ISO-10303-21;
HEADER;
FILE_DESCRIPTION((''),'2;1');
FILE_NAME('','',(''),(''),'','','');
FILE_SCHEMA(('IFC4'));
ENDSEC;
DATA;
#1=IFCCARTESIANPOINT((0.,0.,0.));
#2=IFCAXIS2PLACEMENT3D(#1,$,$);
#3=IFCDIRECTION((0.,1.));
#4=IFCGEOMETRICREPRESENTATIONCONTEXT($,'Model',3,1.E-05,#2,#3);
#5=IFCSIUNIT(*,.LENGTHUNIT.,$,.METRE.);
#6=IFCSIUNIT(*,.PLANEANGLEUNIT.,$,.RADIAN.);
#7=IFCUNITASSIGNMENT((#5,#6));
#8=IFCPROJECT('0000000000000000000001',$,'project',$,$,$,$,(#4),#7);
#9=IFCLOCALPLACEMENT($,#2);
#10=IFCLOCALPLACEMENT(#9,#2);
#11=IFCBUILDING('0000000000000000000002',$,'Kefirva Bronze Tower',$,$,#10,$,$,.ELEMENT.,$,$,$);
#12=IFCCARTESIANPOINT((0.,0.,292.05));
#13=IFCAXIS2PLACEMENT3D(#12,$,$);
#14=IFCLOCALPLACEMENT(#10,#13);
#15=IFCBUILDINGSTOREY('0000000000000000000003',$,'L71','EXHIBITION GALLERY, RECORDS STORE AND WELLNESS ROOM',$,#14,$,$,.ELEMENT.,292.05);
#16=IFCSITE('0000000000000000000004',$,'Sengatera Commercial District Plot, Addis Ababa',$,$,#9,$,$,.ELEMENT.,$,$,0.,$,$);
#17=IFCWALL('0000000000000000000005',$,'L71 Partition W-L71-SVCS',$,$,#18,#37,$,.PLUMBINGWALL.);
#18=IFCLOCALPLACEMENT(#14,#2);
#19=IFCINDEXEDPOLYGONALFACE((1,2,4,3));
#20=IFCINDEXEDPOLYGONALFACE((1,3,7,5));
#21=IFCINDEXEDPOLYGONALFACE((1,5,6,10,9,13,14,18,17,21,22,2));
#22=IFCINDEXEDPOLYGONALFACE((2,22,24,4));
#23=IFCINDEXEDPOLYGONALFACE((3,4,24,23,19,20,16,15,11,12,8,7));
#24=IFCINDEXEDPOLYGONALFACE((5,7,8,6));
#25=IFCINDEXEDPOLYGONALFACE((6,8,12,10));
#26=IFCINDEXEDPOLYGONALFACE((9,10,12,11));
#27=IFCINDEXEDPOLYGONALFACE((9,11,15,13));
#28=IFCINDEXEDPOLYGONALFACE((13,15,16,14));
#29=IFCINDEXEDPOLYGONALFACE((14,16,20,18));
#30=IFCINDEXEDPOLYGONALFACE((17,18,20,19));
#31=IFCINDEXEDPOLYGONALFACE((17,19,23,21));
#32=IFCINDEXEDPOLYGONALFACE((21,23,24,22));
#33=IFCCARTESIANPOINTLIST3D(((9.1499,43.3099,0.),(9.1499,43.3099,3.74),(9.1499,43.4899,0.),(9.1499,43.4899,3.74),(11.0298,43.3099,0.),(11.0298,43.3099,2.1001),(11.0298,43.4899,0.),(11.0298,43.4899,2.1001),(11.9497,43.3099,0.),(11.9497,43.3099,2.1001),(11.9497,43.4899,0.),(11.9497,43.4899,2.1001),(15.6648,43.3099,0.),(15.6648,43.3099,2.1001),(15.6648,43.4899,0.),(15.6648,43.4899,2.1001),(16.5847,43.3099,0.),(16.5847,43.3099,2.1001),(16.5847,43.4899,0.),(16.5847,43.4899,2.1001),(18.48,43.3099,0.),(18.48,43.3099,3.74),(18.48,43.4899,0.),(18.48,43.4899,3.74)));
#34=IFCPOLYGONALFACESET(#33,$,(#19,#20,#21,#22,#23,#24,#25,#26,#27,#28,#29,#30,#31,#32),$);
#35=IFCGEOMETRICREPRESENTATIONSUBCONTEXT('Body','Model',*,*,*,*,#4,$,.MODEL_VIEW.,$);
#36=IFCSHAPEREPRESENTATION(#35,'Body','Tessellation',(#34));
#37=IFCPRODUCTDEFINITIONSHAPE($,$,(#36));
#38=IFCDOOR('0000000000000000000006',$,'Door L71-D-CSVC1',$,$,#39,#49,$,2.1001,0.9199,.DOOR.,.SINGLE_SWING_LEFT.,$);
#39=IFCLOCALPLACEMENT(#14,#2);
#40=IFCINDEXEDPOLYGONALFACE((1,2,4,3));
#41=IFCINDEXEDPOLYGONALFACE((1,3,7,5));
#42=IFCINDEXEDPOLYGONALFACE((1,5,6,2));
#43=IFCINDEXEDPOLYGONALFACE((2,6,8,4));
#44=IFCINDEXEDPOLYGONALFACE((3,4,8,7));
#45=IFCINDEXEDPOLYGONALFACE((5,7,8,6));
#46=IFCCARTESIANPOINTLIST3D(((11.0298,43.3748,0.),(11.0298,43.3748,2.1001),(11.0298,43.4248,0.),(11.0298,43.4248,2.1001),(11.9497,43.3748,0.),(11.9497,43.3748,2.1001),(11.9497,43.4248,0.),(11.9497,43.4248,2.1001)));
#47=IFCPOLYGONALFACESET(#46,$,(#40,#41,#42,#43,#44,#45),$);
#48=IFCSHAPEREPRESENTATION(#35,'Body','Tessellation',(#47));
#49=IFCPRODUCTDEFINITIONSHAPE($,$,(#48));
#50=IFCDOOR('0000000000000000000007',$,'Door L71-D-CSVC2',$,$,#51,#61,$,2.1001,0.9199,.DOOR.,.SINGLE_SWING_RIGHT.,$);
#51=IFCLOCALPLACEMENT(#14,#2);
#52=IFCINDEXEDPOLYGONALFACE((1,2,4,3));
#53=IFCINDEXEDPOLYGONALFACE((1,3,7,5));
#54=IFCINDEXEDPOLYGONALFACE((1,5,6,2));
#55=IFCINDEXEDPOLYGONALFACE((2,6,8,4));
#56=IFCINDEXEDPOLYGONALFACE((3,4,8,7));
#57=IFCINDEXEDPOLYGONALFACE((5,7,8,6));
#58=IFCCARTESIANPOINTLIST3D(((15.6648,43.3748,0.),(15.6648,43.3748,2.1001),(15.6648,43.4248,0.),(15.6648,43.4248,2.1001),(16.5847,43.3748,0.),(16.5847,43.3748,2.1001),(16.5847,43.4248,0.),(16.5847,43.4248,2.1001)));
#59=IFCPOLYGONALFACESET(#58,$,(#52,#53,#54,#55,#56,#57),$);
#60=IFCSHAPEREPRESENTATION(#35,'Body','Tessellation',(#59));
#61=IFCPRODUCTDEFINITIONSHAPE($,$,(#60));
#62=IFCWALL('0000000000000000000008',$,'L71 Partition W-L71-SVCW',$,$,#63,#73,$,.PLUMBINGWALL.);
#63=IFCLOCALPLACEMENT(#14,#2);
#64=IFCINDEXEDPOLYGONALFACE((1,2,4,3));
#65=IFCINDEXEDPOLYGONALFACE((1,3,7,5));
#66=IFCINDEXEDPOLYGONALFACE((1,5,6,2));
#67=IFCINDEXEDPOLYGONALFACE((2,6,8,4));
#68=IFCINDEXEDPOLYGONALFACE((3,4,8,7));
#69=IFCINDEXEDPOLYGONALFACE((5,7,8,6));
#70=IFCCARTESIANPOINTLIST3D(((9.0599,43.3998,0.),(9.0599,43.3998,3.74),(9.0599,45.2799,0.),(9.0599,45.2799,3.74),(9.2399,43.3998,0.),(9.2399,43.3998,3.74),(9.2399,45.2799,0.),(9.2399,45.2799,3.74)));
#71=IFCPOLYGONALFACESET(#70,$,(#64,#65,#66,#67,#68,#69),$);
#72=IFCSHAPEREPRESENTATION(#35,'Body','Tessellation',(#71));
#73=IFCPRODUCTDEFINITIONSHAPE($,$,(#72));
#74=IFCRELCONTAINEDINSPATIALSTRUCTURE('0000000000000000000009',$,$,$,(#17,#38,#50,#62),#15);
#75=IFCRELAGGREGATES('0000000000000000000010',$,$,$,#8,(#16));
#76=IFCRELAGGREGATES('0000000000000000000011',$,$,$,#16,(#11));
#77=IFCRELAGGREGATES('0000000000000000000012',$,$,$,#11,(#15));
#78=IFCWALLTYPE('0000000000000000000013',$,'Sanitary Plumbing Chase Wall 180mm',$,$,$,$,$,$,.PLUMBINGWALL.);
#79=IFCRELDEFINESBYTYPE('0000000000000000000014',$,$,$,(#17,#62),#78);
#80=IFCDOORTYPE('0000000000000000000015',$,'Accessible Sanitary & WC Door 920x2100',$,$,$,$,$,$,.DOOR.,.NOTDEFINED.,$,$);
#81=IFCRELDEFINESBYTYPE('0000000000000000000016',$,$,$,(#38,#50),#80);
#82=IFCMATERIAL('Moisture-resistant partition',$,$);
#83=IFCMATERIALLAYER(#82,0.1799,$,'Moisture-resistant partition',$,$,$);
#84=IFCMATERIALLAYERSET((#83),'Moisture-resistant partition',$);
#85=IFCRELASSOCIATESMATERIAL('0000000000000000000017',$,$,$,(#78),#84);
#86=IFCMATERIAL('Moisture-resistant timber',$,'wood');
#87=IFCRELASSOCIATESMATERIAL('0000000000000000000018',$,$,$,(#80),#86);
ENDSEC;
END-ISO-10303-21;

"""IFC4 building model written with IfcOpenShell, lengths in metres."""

from ifc_helpers import new_model, si_unit, direction, frame, frame_2d, origin, place, context, subcontext, project, spatial, rectangle, extrude, material, layer, layer_set, type_object, element, fill, save


model = new_model("IFC4")

# Units and contexts
model_context = context("Model", 3, precision=1e-05, world=origin(), true_north=direction((0.0, 1.0)))
body_context = subcontext(model_context, "Body", "Model", "MODEL_VIEW")
ifc_project = project(units=[si_unit("LENGTHUNIT", "METRE"), si_unit("PLANEANGLEUNIT", "RADIAN")], contexts=[model_context])

# Site, building, storey
site_placement = place(None, origin())
site = spatial("IfcSite", under=ifc_project, at=site_placement, Name="Sengatera Commercial District Plot, Addis Ababa", CompositionType="ELEMENT", RefElevation=0.0)
building_placement = place(site_placement, origin())
building = spatial("IfcBuilding", under=site, at=building_placement, Name="Kefirva Bronze Tower", CompositionType="ELEMENT")
storey_placement = place(building_placement, frame((0.0, 0.0, 292.05)))
storey = spatial("IfcBuildingStorey", under=building, at=storey_placement, Name="L71", Description="EXHIBITION GALLERY, RECORDS STORE AND WELLNESS ROOM", CompositionType="ELEMENT", Elevation=292.05)

# Wall, openings, doors
ifc_material_1 = material(Name="Moisture-resistant partition")
ifc_layer_1 = layer(ifc_material_1, 0.1799, Name="Moisture-resistant partition")
ifc_layer_set_1 = layer_set([ifc_layer_1], Name="Moisture-resistant partition")
wall_type_1 = type_object("IfcWallType", Name="Sanitary Plumbing Chase Wall 180mm", PredefinedType="PLUMBINGWALL", material=ifc_layer_set_1)
wall_1_placement = place(storey_placement, frame((9.1499, 43.3999, 0.0), z_axis=(0.0, 0.0, 1.0), x_axis=(1.0, 0.0, 0.0)))
wall_1 = element("IfcWall", 1, at=wall_1_placement, inside=storey, type_object=wall_type_1, Name="L71 Partition W-L71-SVCS", PredefinedType="PLUMBINGWALL", context=body_context, shape_type="SweptSolid", body=[
    extrude(rectangle(XDim=9.3301, YDim=0.1799, at=frame_2d((4.665, 0.0))), origin(), (0.0, 0.0, 1.0), 3.74),
])
opening_1_placement = place(wall_1_placement, frame((1.8799, 0.0, 0.0)))
opening_1 = element("IfcOpeningElement", 2, at=opening_1_placement, cuts=wall_1, PredefinedType="OPENING", context=body_context, shape_type="SweptSolid", body=[
    extrude(rectangle(XDim=0.9199, YDim=2.1001, at=frame_2d((0.46, 1.05))), frame((0.0, 0.1001, 0.0), z_axis=(0.0, -1.0, 0.0), x_axis=(1.0, 0.0, 0.0)), (0.0, 0.0, 1.0), 0.2),
])
opening_2_placement = place(wall_1_placement, frame((6.5149, 0.0, 0.0)))
opening_2 = element("IfcOpeningElement", 3, at=opening_2_placement, cuts=wall_1, PredefinedType="OPENING", context=body_context, shape_type="SweptSolid", body=[
    extrude(rectangle(XDim=0.9199, YDim=2.1001, at=frame_2d((0.46, 1.05))), frame((0.0, 0.1001, 0.0), z_axis=(0.0, -1.0, 0.0), x_axis=(1.0, 0.0, 0.0)), (0.0, 0.0, 1.0), 0.2),
])
ifc_material_2 = material(Name="Moisture-resistant timber", Category="wood")
door_type_1 = type_object("IfcDoorType", Name="Accessible Sanitary & WC Door 920x2100", OperationType="NOTDEFINED", PredefinedType="DOOR", material=ifc_material_2)
door_1_placement = place(opening_1_placement, origin())
door_1 = element("IfcDoor", 4, at=door_1_placement, inside=storey, type_object=door_type_1, Name="Door L71-D-CSVC1", OperationType="SINGLE_SWING_LEFT", OverallHeight=2.1001, OverallWidth=0.9199, PredefinedType="DOOR", context=body_context, shape_type="SweptSolid", body=[
    extrude(rectangle(XDim=0.9199, YDim=2.1001, at=frame_2d((0.46, 1.05))), frame((0.0, 0.0249, 0.0), z_axis=(0.0, -1.0, 0.0), x_axis=(1.0, 0.0, 0.0)), (0.0, 0.0, 1.0), 0.05),
])
fill(opening_1, door_1)
door_2_placement = place(opening_2_placement, origin())
door_2 = element("IfcDoor", 5, at=door_2_placement, inside=storey, type_object=door_type_1, Name="Door L71-D-CSVC2", OperationType="SINGLE_SWING_RIGHT", OverallHeight=2.1001, OverallWidth=0.9199, PredefinedType="DOOR", context=body_context, shape_type="SweptSolid", body=[
    extrude(rectangle(XDim=0.9199, YDim=2.1001, at=frame_2d((0.46, 1.05))), frame((0.0, 0.0249, 0.0), z_axis=(0.0, -1.0, 0.0), x_axis=(1.0, 0.0, 0.0)), (0.0, 0.0, 1.0), 0.05),
])
fill(opening_2, door_2)

# Wall
wall_2_placement = place(storey_placement, frame((9.1499, 43.3999, 0.0), z_axis=(0.0, 0.0, 1.0), x_axis=(0.0, 1.0, 0.0)))
element("IfcWall", 6, at=wall_2_placement, inside=storey, type_object=wall_type_1, Name="L71 Partition W-L71-SVCW", PredefinedType="PLUMBINGWALL", context=body_context, shape_type="SweptSolid", body=[
    extrude(rectangle(XDim=1.8801, YDim=0.1799, at=frame_2d((0.9399, 0.0))), origin(), (0.0, 0.0, 1.0), 3.74),
])

save(model, "model.ifc")
